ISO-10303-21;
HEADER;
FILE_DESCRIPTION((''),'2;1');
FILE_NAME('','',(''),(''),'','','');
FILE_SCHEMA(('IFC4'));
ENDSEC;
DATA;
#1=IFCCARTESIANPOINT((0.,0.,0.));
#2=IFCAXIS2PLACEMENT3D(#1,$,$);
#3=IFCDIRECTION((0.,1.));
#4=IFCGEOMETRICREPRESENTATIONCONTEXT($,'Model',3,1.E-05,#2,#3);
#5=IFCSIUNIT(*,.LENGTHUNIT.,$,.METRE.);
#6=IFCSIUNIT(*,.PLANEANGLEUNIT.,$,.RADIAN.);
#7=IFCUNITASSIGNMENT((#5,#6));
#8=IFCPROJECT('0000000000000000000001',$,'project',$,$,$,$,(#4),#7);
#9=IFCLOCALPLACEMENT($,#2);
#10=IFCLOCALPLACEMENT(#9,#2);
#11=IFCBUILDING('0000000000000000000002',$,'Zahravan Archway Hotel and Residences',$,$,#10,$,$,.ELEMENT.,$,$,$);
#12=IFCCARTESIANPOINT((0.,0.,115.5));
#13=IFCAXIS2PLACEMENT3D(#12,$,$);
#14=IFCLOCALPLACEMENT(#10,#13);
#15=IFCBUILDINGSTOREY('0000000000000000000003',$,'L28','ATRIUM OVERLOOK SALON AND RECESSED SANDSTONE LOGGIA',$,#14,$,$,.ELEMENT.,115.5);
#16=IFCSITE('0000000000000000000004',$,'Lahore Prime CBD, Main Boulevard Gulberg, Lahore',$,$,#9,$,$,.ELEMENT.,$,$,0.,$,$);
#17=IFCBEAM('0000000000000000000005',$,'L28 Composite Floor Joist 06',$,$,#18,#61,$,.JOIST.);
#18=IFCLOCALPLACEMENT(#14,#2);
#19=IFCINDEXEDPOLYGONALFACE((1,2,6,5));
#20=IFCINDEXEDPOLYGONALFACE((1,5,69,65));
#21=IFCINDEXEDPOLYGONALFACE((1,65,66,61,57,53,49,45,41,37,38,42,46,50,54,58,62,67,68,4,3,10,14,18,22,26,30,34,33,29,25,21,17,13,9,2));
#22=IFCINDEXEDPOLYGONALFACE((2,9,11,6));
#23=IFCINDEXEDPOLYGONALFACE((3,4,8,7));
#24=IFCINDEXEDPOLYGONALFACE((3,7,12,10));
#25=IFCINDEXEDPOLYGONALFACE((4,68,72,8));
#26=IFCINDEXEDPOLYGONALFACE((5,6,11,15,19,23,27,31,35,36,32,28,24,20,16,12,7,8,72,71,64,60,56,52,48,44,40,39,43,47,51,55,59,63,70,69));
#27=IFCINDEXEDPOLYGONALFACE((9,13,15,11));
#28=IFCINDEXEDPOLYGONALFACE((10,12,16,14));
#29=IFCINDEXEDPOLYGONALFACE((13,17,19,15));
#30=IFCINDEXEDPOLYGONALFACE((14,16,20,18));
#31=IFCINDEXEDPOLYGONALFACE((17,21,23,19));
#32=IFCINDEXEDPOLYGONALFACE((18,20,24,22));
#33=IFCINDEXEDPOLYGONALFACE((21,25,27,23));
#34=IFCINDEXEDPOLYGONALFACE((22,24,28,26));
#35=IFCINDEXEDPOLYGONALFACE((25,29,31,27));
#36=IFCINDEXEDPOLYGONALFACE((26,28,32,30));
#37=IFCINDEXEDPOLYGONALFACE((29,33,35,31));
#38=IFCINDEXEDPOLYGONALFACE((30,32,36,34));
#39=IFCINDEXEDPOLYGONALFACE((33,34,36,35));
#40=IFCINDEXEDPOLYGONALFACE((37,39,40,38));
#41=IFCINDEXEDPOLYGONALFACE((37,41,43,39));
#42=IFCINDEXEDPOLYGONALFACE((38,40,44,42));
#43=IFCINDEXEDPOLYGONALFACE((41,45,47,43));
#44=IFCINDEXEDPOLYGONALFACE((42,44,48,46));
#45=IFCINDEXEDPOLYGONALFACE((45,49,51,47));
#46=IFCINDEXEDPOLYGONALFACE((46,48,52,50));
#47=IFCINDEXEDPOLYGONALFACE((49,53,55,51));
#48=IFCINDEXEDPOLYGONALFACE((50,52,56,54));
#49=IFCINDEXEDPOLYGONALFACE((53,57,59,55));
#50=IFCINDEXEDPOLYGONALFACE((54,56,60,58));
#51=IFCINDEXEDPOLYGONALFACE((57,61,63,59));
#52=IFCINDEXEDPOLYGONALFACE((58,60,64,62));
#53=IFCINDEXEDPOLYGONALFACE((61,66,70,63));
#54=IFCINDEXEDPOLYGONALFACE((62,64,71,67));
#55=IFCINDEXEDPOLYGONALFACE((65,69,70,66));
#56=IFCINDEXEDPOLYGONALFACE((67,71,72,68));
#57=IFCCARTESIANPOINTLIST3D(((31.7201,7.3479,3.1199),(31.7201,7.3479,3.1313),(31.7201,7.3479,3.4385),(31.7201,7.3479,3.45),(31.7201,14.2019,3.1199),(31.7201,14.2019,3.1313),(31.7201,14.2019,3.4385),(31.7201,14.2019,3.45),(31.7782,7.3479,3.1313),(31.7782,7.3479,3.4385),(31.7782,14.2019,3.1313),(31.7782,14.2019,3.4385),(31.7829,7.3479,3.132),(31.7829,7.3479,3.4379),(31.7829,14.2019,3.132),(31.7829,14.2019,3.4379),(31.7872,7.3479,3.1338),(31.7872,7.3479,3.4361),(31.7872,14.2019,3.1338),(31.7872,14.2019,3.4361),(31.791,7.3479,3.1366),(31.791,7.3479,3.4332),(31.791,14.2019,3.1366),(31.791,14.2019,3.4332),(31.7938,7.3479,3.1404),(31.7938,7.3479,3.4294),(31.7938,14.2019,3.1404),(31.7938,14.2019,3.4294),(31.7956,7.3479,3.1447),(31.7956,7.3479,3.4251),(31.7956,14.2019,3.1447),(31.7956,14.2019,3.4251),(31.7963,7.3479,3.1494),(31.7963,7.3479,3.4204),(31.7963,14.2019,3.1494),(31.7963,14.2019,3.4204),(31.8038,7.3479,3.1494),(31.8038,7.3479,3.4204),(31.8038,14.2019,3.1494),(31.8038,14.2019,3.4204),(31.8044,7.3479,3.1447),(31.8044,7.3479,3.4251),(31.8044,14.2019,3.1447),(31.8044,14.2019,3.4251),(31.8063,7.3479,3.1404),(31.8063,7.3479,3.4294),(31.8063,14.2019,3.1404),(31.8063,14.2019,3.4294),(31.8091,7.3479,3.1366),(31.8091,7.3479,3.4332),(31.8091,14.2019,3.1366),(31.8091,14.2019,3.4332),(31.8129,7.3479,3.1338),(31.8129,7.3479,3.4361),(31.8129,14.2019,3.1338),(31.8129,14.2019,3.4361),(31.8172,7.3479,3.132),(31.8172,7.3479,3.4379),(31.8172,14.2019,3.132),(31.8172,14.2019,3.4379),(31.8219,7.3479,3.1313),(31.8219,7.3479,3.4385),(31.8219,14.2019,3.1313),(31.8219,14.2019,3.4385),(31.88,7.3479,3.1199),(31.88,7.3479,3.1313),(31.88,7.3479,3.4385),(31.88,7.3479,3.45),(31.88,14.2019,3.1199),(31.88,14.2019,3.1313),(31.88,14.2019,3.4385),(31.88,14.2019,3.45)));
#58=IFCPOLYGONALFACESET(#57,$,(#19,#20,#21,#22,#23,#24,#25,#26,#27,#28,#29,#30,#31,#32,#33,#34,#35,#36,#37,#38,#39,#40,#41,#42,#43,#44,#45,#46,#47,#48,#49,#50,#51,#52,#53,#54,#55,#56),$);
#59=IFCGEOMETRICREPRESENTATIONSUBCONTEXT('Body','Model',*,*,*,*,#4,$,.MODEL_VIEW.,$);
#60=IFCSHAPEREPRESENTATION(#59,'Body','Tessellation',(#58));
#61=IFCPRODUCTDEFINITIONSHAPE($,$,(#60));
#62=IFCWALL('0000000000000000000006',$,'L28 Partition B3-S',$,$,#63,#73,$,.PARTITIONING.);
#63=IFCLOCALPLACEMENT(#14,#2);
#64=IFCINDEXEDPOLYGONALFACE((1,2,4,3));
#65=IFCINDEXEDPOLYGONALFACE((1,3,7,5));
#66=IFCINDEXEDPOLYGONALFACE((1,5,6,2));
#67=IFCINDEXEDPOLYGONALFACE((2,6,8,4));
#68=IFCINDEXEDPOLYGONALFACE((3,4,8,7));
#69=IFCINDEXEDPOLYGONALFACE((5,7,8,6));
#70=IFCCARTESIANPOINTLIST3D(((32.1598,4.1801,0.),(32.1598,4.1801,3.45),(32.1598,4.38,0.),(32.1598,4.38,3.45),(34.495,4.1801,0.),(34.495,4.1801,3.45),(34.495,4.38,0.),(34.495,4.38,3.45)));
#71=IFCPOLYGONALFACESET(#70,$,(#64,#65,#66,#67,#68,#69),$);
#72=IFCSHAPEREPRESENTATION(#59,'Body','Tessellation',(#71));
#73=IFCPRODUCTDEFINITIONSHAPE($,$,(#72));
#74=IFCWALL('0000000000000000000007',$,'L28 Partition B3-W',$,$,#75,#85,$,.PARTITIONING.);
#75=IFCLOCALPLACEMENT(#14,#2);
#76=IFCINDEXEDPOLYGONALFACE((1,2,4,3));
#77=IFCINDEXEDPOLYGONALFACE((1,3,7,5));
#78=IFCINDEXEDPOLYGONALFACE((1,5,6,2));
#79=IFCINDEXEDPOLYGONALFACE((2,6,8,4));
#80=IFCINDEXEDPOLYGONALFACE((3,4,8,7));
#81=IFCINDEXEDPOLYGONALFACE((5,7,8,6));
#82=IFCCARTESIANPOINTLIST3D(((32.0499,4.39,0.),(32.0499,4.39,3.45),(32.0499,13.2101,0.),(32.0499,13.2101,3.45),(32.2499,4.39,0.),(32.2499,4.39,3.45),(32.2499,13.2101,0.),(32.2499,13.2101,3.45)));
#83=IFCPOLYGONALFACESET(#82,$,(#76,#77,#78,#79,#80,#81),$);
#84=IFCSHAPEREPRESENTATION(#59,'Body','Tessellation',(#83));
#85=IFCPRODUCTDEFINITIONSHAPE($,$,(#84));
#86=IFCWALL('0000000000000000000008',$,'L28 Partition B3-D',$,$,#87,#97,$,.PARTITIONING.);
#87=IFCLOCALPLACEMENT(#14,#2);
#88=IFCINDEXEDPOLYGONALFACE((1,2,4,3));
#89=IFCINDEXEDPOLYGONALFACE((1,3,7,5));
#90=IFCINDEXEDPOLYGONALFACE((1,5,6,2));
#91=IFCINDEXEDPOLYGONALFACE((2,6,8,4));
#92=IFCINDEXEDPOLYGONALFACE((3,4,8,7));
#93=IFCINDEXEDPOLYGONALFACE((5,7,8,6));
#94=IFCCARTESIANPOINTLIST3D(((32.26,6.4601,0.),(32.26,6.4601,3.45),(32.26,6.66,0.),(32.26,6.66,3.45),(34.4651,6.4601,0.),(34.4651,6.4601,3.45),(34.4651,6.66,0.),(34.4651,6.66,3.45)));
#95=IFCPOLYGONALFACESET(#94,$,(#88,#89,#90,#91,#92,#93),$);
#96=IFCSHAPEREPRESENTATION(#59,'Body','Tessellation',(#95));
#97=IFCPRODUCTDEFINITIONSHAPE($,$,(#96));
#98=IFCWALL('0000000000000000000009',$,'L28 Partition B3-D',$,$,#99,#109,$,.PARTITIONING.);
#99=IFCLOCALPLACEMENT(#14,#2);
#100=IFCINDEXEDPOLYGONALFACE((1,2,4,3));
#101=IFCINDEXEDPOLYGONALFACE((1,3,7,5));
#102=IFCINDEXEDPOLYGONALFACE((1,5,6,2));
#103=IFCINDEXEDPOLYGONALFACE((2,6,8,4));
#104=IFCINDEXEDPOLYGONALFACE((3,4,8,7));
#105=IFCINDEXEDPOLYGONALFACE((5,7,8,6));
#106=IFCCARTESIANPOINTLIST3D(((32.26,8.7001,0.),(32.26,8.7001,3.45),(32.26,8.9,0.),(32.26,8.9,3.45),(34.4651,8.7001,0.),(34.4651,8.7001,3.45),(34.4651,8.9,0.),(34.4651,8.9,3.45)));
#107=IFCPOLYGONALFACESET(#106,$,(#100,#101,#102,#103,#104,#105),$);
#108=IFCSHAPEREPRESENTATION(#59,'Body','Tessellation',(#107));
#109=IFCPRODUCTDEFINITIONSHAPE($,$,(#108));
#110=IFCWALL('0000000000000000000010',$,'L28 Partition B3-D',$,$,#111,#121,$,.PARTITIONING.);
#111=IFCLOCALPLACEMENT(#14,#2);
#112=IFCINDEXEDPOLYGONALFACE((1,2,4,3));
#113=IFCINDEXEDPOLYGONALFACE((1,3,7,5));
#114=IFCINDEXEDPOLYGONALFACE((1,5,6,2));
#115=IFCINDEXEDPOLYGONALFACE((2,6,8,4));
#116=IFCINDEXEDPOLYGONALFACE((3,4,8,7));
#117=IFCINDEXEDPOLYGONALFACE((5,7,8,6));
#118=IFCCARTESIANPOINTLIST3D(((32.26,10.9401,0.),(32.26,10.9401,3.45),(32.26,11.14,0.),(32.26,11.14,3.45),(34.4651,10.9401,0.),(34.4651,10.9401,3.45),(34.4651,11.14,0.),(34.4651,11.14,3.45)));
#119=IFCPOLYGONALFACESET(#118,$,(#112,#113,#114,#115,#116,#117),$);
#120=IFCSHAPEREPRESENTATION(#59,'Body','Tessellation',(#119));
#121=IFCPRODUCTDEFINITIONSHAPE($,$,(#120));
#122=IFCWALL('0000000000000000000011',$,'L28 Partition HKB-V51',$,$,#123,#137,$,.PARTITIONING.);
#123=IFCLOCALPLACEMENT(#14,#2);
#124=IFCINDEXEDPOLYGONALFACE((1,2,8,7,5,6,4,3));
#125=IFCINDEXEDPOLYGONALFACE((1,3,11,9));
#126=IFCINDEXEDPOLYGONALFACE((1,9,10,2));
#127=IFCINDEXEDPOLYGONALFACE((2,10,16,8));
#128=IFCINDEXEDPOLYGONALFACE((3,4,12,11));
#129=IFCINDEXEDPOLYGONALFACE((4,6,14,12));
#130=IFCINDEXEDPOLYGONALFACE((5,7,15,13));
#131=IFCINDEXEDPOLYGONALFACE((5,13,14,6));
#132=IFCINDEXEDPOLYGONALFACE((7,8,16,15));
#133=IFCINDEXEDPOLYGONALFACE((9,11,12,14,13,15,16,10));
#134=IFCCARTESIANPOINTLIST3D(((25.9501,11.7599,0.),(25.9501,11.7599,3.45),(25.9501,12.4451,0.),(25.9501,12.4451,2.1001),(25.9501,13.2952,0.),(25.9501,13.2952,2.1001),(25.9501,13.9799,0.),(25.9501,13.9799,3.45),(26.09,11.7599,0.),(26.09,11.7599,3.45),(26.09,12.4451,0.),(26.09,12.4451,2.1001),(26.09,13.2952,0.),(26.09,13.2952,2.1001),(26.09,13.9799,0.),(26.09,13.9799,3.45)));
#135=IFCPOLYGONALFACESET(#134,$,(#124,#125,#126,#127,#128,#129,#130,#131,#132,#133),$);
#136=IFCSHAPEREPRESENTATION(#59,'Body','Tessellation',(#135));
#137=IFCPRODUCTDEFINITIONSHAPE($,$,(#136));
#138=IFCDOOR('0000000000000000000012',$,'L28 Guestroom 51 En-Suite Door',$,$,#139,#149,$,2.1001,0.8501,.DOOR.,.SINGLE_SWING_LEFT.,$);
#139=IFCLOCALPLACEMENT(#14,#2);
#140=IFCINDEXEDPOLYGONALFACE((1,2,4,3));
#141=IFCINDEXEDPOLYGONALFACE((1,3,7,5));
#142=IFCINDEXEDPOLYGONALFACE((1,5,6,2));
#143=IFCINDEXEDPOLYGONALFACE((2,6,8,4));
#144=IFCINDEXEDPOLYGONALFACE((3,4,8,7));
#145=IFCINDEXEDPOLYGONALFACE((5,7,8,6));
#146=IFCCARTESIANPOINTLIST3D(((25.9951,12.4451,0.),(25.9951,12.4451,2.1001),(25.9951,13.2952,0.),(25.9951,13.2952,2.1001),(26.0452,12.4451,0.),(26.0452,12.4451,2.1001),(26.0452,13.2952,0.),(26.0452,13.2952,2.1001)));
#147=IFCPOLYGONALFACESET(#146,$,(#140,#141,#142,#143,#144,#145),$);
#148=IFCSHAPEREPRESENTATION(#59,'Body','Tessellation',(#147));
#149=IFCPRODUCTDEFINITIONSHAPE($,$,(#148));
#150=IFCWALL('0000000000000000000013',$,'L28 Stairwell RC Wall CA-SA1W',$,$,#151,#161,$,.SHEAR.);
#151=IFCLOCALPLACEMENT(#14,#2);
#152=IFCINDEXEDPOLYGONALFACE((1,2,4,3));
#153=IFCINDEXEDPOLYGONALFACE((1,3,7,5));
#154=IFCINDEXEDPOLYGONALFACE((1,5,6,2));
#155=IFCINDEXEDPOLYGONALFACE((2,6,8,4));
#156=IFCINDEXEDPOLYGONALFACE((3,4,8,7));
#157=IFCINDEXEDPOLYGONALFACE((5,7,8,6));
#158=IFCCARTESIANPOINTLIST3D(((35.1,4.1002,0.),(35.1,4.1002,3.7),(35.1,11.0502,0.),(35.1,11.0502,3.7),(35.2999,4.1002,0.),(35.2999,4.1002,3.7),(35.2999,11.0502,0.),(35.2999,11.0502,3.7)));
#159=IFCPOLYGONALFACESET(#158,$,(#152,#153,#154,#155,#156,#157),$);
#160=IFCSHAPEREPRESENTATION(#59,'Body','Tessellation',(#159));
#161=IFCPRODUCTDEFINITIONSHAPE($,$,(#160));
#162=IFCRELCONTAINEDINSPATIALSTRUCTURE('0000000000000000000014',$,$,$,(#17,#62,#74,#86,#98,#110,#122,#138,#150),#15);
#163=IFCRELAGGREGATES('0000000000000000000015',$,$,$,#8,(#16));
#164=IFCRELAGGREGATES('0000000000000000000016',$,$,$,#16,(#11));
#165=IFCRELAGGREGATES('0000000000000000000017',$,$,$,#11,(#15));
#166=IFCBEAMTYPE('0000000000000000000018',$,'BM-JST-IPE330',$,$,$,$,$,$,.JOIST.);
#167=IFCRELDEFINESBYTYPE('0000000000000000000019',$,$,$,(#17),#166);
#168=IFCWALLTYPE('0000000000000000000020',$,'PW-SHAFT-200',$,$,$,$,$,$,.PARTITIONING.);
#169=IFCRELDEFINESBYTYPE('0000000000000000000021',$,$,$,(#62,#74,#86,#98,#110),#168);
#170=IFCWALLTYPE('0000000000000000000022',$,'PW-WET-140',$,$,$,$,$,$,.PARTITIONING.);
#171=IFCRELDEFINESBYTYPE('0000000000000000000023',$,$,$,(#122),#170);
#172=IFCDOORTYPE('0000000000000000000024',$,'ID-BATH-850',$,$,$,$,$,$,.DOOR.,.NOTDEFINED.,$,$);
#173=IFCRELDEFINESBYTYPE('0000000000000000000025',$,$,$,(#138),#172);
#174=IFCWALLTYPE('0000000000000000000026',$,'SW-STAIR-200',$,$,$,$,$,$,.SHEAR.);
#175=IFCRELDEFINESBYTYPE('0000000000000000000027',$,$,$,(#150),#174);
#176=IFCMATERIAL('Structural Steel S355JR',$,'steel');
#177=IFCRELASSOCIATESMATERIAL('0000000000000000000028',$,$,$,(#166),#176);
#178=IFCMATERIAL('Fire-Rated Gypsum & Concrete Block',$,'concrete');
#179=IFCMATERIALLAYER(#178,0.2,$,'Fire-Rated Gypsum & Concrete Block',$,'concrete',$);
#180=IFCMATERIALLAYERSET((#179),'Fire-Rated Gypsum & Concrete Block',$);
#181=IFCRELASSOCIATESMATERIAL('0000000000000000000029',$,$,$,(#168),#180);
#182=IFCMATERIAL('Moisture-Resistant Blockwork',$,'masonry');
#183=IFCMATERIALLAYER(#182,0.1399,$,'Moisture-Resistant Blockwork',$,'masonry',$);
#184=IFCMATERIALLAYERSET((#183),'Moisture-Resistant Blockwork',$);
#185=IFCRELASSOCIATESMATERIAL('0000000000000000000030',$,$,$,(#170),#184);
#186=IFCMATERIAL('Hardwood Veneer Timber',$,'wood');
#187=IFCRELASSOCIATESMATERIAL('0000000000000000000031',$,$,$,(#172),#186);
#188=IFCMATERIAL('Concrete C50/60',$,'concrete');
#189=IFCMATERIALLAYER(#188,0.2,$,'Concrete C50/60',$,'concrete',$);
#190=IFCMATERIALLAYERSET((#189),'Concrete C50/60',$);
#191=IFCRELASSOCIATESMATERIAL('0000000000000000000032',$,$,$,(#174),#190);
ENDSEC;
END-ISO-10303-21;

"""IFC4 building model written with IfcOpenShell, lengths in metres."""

from ifc_helpers import new_model, si_unit, direction, frame, frame_2d, origin, origin_2d, place, context, subcontext, project, spatial, rectangle, i_section, extrude, source, transform, mapped, material, layer, layer_set, material_profile, profile_set, type_object, type_shapes, element, fill, save


model = new_model("IFC4")

# Units and contexts
model_context = context("Model", 3, precision=1e-05, world=origin(), true_north=direction((0.0, 1.0)))
body_context = subcontext(model_context, "Body", "Model", "MODEL_VIEW")
ifc_project = project(units=[si_unit("LENGTHUNIT", "METRE"), si_unit("PLANEANGLEUNIT", "RADIAN")], contexts=[model_context])

# Site, building, storey
site_placement = place(None, origin())
site = spatial("IfcSite", under=ifc_project, at=site_placement, Name="Lahore Prime CBD, Main Boulevard Gulberg, Lahore", CompositionType="ELEMENT", RefElevation=0.0)
building_placement = place(site_placement, origin())
building = spatial("IfcBuilding", under=site, at=building_placement, Name="Zahravan Archway Hotel and Residences", CompositionType="ELEMENT")
storey_placement = place(building_placement, frame((0.0, 0.0, 115.5)))
storey = spatial("IfcBuildingStorey", under=building, at=storey_placement, Name="L28", Description="ATRIUM OVERLOOK SALON AND RECESSED SANDSTONE LOGGIA", CompositionType="ELEMENT", Elevation=115.5)

# Beam
ifc_material_1 = material(Name="Structural Steel S355JR", Category="steel")
ifc_material_profile_1 = material_profile(ifc_material_1, i_section(OverallWidth=0.1599, OverallDepth=0.3301, WebThickness=0.0076, FlangeThickness=0.0115, FilletRadius=0.0181, at=origin_2d()), Name="IPE 330", Category="steel")
ifc_profile_set_1 = profile_set([ifc_material_profile_1], Name="Structural Steel S355JR")
beam_type_1 = type_object("IfcBeamType", Name="BM-JST-IPE330", PredefinedType="JOIST", material=ifc_profile_set_1)
shared_shape_1 = source(origin(), body_context, "Body", "SweptSolid", [
    extrude(i_section(OverallWidth=0.1599, OverallDepth=0.3301, WebThickness=0.0076, FlangeThickness=0.0115, FilletRadius=0.0181, at=origin_2d()), origin(), (0.0, 0.0, 1.0), 6.854),
])
beam_1_placement = place(storey_placement, frame((31.8, 7.3479, 3.2849), z_axis=(0.0, 1.0, 0.0), x_axis=(-1.0, 0.0, 0.0)))
element("IfcBeam", 1, at=beam_1_placement, inside=storey, type_object=beam_type_1, Name="L28 Composite Floor Joist 06", PredefinedType="JOIST", context=body_context, shape_type="MappedRepresentation", body=[
    mapped(shared_shape_1, transform((0.0, 0.0, 0.0), scale=1.0)),
])

# Walls
ifc_material_2 = material(Name="Fire-Rated Gypsum & Concrete Block", Category="concrete")
ifc_layer_1 = layer(ifc_material_2, 0.2, Name="Fire-Rated Gypsum & Concrete Block", Category="concrete")
ifc_layer_set_1 = layer_set([ifc_layer_1], Name="Fire-Rated Gypsum & Concrete Block")
wall_type_1 = type_object("IfcWallType", Name="PW-SHAFT-200", PredefinedType="PARTITIONING", material=ifc_layer_set_1)
wall_1_placement = place(storey_placement, frame((32.1599, 4.28, 0.0), z_axis=(0.0, 0.0, 1.0), x_axis=(1.0, 0.0, 0.0)))
element("IfcWall", 2, at=wall_1_placement, inside=storey, type_object=wall_type_1, Name="L28 Partition B3-S", PredefinedType="PARTITIONING", context=body_context, shape_type="SweptSolid", body=[
    extrude(rectangle(XDim=2.3352, YDim=0.2, at=frame_2d((1.1675, 0.0))), origin(), (0.0, 0.0, 1.0), 3.45),
])
wall_2_placement = place(storey_placement, frame((32.1499, 4.3899, 0.0), z_axis=(0.0, 0.0, 1.0), x_axis=(0.0, 1.0, 0.0)))
element("IfcWall", 3, at=wall_2_placement, inside=storey, type_object=wall_type_1, Name="L28 Partition B3-W", PredefinedType="PARTITIONING", context=body_context, shape_type="SweptSolid", body=[
    extrude(rectangle(XDim=8.8201, YDim=0.2, at=frame_2d((4.4102, 0.0))), origin(), (0.0, 0.0, 1.0), 3.45),
])
for number, where, z_axis, x_axis, name in (
    (4, (32.26, 6.5601, 0.0), (0.0, 0.0, 1.0), (1.0, 0.0, 0.0), "L28 Partition B3-D"),
    (5, (32.26, 8.8, 0.0), (0.0, 0.0, 1.0), (1.0, 0.0, 0.0), "L28 Partition B3-D"),
    (6, (32.26, 11.04, 0.0), (0.0, 0.0, 1.0), (1.0, 0.0, 0.0), "L28 Partition B3-D"),
):
    element("IfcWall", number, at=place(storey_placement, frame(where, z_axis=z_axis, x_axis=x_axis)), inside=storey, type_object=wall_type_1, Name=name, PredefinedType="PARTITIONING", context=body_context, shape_type="SweptSolid", body=[
        extrude(rectangle(XDim=2.2051, YDim=0.2, at=frame_2d((1.1025, 0.0))), origin(), (0.0, 0.0, 1.0), 3.45),
    ])

# Wall, opening, door
ifc_material_3 = material(Name="Moisture-Resistant Blockwork", Category="masonry")
ifc_layer_2 = layer(ifc_material_3, 0.1399, Name="Moisture-Resistant Blockwork", Category="masonry")
ifc_layer_set_2 = layer_set([ifc_layer_2], Name="Moisture-Resistant Blockwork")
wall_type_2 = type_object("IfcWallType", Name="PW-WET-140", PredefinedType="PARTITIONING", material=ifc_layer_set_2)
wall_3_placement = place(storey_placement, frame((26.02, 11.76, 0.0), z_axis=(0.0, 0.0, 1.0), x_axis=(0.0, 1.0, 0.0)))
wall_3 = element("IfcWall", 7, at=wall_3_placement, inside=storey, type_object=wall_type_2, Name="L28 Partition HKB-V51", PredefinedType="PARTITIONING", context=body_context, shape_type="SweptSolid", body=[
    extrude(rectangle(XDim=2.22, YDim=0.1399, at=frame_2d((1.1099, 0.0))), origin(), (0.0, 0.0, 1.0), 3.45),
])
opening_1_placement = place(wall_3_placement, frame((0.6851, 0.0, 0.0)))
opening_1 = element("IfcOpeningElement", 8, at=opening_1_placement, cuts=wall_3, PredefinedType="OPENING", context=body_context, shape_type="SweptSolid", body=[
    extrude(rectangle(XDim=0.8501, YDim=2.1001, at=frame_2d((0.425, 1.05))), frame((0.0, 0.0801, 0.0), z_axis=(0.0, -1.0, 0.0), x_axis=(1.0, 0.0, 0.0)), (0.0, 0.0, 1.0), 0.1599),
])
ifc_material_4 = material(Name="Hardwood Veneer Timber", Category="wood")
door_type_1 = type_object("IfcDoorType", Name="ID-BATH-850", OperationType="NOTDEFINED", PredefinedType="DOOR", material=ifc_material_4)
shared_shape_2 = source(origin(), body_context, "Body", "SweptSolid", [
    extrude(rectangle(XDim=0.8501, YDim=2.1001, at=frame_2d((0.425, 1.05))), frame((0.0, 0.0249, 0.0), z_axis=(0.0, -1.0, 0.0), x_axis=(1.0, 0.0, 0.0)), (0.0, 0.0, 1.0), 0.05),
])
type_shapes(door_type_1, [shared_shape_2])
door_1_placement = place(opening_1_placement, origin())
door_1 = element("IfcDoor", 9, at=door_1_placement, inside=storey, type_object=door_type_1, Name="L28 Guestroom 51 En-Suite Door", OperationType="SINGLE_SWING_LEFT", OverallHeight=2.1001, OverallWidth=0.8501, PredefinedType="DOOR", context=body_context, shape_type="MappedRepresentation", body=[
    mapped(shared_shape_2, transform((0.0, 0.0, 0.0), scale=1.0)),
])
fill(opening_1, door_1)

# Wall
ifc_material_5 = material(Name="Concrete C50/60", Category="concrete")
ifc_layer_3 = layer(ifc_material_5, 0.2, Name="Concrete C50/60", Category="concrete")
ifc_layer_set_3 = layer_set([ifc_layer_3], Name="Concrete C50/60")
wall_type_3 = type_object("IfcWallType", Name="SW-STAIR-200", PredefinedType="SHEAR", material=ifc_layer_set_3)
wall_4_placement = place(storey_placement, frame((35.2, 4.1001, 0.0), z_axis=(0.0, 0.0, 1.0), x_axis=(0.0, 1.0, 0.0)))
element("IfcWall", 10, at=wall_4_placement, inside=storey, type_object=wall_type_3, Name="L28 Stairwell RC Wall CA-SA1W", PredefinedType="SHEAR", context=body_context, shape_type="SweptSolid", body=[
    extrude(rectangle(XDim=6.95, YDim=0.2, at=frame_2d((3.4751, 0.0))), origin(), (0.0, 0.0, 1.0), 3.7),
])

save(model, "model.ifc")
